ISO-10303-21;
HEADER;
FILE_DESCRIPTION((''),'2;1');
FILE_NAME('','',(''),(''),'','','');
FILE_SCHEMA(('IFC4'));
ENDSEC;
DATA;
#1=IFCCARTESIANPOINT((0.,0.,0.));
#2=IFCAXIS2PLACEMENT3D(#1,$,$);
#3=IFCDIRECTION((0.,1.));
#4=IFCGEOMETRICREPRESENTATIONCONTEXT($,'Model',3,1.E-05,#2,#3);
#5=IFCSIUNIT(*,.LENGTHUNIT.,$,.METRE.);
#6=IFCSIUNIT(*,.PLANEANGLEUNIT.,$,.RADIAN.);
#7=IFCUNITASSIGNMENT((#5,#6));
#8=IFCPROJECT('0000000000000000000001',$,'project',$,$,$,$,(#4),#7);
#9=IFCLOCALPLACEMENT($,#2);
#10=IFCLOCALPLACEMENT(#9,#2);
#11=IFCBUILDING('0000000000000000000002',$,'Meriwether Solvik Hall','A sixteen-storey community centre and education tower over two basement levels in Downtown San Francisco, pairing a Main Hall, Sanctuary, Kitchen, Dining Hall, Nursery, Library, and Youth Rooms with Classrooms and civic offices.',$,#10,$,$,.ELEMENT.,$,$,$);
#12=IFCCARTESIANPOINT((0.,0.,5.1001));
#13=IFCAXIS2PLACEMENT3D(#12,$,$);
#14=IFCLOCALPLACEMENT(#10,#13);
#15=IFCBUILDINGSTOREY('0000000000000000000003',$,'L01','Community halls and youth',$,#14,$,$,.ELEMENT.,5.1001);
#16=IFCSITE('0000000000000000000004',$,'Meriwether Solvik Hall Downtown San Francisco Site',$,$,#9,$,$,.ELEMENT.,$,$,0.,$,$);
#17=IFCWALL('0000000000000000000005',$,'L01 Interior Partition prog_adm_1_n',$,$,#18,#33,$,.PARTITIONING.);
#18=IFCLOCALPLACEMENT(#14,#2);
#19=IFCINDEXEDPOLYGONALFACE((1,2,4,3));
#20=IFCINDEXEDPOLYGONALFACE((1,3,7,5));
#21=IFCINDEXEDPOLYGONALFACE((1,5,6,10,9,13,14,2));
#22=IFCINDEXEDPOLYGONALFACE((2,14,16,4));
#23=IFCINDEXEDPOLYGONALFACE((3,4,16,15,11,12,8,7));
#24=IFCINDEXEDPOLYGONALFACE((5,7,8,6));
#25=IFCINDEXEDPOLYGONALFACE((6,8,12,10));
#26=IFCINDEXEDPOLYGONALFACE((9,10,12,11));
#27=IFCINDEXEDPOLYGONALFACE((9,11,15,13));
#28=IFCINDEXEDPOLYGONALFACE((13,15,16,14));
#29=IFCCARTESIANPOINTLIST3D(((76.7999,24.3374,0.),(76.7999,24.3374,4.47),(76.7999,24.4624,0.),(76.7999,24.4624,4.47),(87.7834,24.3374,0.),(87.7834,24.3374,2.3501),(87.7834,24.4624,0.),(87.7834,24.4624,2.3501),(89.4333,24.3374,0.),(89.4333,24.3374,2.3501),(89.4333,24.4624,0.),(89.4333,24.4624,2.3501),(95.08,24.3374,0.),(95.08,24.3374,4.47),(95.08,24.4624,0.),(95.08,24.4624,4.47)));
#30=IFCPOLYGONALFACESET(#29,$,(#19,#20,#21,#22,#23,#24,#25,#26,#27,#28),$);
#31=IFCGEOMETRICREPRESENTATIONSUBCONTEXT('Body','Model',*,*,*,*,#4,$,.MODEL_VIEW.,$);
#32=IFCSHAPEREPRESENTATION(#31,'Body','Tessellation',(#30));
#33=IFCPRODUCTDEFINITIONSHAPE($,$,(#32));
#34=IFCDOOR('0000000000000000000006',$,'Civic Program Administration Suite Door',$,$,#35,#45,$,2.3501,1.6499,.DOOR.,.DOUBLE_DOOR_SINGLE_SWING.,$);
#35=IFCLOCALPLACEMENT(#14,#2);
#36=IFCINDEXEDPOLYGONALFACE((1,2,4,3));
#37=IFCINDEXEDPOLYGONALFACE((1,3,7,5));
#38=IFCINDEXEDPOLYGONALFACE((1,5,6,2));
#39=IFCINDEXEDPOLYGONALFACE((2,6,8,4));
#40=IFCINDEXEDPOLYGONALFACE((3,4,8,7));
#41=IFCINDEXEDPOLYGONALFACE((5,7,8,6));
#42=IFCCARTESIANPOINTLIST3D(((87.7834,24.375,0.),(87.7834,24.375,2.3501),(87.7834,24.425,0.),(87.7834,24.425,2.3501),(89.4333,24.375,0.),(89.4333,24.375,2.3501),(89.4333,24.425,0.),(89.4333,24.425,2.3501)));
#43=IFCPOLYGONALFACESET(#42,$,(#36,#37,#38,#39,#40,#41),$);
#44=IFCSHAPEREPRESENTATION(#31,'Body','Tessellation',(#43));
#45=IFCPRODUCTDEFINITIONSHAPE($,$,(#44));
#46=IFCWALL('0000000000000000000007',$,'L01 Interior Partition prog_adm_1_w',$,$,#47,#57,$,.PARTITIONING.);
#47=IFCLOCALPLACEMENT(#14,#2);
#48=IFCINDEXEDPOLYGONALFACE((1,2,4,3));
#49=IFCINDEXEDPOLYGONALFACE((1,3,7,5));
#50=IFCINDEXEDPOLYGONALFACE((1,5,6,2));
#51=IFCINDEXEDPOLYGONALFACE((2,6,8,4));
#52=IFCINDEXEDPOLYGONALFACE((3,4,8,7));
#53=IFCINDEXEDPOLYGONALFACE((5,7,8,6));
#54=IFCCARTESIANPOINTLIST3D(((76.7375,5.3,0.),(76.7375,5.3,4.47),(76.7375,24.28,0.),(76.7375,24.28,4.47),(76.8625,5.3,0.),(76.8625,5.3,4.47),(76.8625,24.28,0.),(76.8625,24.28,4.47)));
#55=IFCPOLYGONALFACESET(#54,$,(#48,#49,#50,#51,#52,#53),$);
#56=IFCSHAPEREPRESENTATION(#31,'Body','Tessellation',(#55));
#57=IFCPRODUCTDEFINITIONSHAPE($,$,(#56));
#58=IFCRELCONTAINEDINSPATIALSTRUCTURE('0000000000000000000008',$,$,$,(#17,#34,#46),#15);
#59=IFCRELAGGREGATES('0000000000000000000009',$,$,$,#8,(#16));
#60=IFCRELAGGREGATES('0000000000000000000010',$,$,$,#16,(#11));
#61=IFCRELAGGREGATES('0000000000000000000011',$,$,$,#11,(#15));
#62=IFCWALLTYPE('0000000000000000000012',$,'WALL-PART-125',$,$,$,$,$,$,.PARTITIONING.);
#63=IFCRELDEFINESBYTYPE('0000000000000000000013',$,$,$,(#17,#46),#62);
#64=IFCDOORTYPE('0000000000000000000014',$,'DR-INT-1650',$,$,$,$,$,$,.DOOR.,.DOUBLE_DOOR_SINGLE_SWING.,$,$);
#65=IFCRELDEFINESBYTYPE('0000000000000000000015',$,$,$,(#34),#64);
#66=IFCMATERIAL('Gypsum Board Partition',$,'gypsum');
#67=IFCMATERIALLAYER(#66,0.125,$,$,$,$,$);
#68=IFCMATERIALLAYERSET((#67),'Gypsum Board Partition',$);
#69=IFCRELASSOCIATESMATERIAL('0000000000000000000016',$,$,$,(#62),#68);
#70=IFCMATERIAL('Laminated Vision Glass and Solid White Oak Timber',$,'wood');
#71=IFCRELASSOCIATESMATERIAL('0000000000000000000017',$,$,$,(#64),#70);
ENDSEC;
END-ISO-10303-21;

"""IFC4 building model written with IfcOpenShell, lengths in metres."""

from ifc_helpers import new_model, si_unit, direction, frame, frame_2d, origin, place, context, subcontext, project, spatial, rectangle, extrude, material, layer, layer_set, type_object, element, fill, save


model = new_model("IFC4")

# Units and contexts
model_context = context("Model", 3, precision=1e-05, world=origin(), true_north=direction((0.0, 1.0)))
body_context = subcontext(model_context, "Body", "Model", "MODEL_VIEW")
ifc_project = project(units=[si_unit("LENGTHUNIT", "METRE"), si_unit("PLANEANGLEUNIT", "RADIAN")], contexts=[model_context])

# Site, building, storey
site_placement = place(None, origin())
site = spatial("IfcSite", under=ifc_project, at=site_placement, Name="Meriwether Solvik Hall Downtown San Francisco Site", CompositionType="ELEMENT", RefElevation=0.0)
building_placement = place(site_placement, origin())
building = spatial("IfcBuilding", under=site, at=building_placement, Name="Meriwether Solvik Hall", Description="A sixteen-storey community centre and education tower over two basement levels in Downtown San Francisco, pairing a Main Hall, Sanctuary, Kitchen, Dining Hall, Nursery, Library, and Youth Rooms with Classrooms and civic offices.", CompositionType="ELEMENT")
storey_placement = place(building_placement, frame((0.0, 0.0, 5.1001)))
storey = spatial("IfcBuildingStorey", under=building, at=storey_placement, Name="L01", Description="Community halls and youth", CompositionType="ELEMENT", Elevation=5.1001)

# Wall, opening, door
ifc_material_1 = material(Name="Gypsum Board Partition", Category="gypsum")
ifc_layer_1 = layer(ifc_material_1, 0.125)
ifc_layer_set_1 = layer_set([ifc_layer_1], Name="Gypsum Board Partition")
wall_type = type_object("IfcWallType", Name="WALL-PART-125", PredefinedType="PARTITIONING", material=ifc_layer_set_1)
wall_1_placement = place(storey_placement, frame((95.0801, 24.3999, 0.0), z_axis=(0.0, 0.0, 1.0), x_axis=(-1.0, 0.0, 0.0)))
wall_1 = element("IfcWall", 1, at=wall_1_placement, inside=storey, type_object=wall_type, Name="L01 Interior Partition prog_adm_1_n", PredefinedType="PARTITIONING", context=body_context, shape_type="SweptSolid", body=[
    extrude(rectangle(XDim=18.28, YDim=0.125, at=frame_2d((9.1401, 0.0))), origin(), (0.0, 0.0, 1.0), 4.47),
])
opening_placement = place(wall_1_placement, frame((5.6467, 0.0, 0.0)))
opening = element("IfcOpeningElement", 2, at=opening_placement, cuts=wall_1, PredefinedType="OPENING", context=body_context, shape_type="SweptSolid", body=[
    extrude(rectangle(XDim=1.6499, YDim=2.3501, at=frame_2d((0.825, 1.175))), frame((0.0, 0.0745, 0.0), z_axis=(0.0, -1.0, 0.0), x_axis=(1.0, 0.0, 0.0)), (0.0, 0.0, 1.0), 0.1489),
])
ifc_material_2 = material(Name="Laminated Vision Glass and Solid White Oak Timber", Category="wood")
door_type = type_object("IfcDoorType", Name="DR-INT-1650", OperationType="DOUBLE_DOOR_SINGLE_SWING", PredefinedType="DOOR", material=ifc_material_2)
door_placement = place(opening_placement, origin())
door = element("IfcDoor", 3, at=door_placement, inside=storey, type_object=door_type, Name="Civic Program Administration Suite Door", OperationType="DOUBLE_DOOR_SINGLE_SWING", OverallHeight=2.3501, OverallWidth=1.6499, PredefinedType="DOOR", context=body_context, shape_type="SweptSolid", body=[
    extrude(rectangle(XDim=1.6499, YDim=2.3501, at=frame_2d((0.825, 1.175))), frame((0.0, 0.0249, 0.0), z_axis=(0.0, -1.0, 0.0), x_axis=(1.0, 0.0, 0.0)), (0.0, 0.0, 1.0), 0.05),
])
fill(opening, door)

# Wall
wall_2_placement = place(storey_placement, frame((76.8, 24.28, 0.0), z_axis=(0.0, 0.0, 1.0), x_axis=(0.0, -1.0, 0.0)))
element("IfcWall", 4, at=wall_2_placement, inside=storey, type_object=wall_type, Name="L01 Interior Partition prog_adm_1_w", PredefinedType="PARTITIONING", context=body_context, shape_type="SweptSolid", body=[
    extrude(rectangle(XDim=18.98, YDim=0.125, at=frame_2d((9.49, 0.0))), origin(), (0.0, 0.0, 1.0), 4.47),
])

save(model, "model.ifc")
